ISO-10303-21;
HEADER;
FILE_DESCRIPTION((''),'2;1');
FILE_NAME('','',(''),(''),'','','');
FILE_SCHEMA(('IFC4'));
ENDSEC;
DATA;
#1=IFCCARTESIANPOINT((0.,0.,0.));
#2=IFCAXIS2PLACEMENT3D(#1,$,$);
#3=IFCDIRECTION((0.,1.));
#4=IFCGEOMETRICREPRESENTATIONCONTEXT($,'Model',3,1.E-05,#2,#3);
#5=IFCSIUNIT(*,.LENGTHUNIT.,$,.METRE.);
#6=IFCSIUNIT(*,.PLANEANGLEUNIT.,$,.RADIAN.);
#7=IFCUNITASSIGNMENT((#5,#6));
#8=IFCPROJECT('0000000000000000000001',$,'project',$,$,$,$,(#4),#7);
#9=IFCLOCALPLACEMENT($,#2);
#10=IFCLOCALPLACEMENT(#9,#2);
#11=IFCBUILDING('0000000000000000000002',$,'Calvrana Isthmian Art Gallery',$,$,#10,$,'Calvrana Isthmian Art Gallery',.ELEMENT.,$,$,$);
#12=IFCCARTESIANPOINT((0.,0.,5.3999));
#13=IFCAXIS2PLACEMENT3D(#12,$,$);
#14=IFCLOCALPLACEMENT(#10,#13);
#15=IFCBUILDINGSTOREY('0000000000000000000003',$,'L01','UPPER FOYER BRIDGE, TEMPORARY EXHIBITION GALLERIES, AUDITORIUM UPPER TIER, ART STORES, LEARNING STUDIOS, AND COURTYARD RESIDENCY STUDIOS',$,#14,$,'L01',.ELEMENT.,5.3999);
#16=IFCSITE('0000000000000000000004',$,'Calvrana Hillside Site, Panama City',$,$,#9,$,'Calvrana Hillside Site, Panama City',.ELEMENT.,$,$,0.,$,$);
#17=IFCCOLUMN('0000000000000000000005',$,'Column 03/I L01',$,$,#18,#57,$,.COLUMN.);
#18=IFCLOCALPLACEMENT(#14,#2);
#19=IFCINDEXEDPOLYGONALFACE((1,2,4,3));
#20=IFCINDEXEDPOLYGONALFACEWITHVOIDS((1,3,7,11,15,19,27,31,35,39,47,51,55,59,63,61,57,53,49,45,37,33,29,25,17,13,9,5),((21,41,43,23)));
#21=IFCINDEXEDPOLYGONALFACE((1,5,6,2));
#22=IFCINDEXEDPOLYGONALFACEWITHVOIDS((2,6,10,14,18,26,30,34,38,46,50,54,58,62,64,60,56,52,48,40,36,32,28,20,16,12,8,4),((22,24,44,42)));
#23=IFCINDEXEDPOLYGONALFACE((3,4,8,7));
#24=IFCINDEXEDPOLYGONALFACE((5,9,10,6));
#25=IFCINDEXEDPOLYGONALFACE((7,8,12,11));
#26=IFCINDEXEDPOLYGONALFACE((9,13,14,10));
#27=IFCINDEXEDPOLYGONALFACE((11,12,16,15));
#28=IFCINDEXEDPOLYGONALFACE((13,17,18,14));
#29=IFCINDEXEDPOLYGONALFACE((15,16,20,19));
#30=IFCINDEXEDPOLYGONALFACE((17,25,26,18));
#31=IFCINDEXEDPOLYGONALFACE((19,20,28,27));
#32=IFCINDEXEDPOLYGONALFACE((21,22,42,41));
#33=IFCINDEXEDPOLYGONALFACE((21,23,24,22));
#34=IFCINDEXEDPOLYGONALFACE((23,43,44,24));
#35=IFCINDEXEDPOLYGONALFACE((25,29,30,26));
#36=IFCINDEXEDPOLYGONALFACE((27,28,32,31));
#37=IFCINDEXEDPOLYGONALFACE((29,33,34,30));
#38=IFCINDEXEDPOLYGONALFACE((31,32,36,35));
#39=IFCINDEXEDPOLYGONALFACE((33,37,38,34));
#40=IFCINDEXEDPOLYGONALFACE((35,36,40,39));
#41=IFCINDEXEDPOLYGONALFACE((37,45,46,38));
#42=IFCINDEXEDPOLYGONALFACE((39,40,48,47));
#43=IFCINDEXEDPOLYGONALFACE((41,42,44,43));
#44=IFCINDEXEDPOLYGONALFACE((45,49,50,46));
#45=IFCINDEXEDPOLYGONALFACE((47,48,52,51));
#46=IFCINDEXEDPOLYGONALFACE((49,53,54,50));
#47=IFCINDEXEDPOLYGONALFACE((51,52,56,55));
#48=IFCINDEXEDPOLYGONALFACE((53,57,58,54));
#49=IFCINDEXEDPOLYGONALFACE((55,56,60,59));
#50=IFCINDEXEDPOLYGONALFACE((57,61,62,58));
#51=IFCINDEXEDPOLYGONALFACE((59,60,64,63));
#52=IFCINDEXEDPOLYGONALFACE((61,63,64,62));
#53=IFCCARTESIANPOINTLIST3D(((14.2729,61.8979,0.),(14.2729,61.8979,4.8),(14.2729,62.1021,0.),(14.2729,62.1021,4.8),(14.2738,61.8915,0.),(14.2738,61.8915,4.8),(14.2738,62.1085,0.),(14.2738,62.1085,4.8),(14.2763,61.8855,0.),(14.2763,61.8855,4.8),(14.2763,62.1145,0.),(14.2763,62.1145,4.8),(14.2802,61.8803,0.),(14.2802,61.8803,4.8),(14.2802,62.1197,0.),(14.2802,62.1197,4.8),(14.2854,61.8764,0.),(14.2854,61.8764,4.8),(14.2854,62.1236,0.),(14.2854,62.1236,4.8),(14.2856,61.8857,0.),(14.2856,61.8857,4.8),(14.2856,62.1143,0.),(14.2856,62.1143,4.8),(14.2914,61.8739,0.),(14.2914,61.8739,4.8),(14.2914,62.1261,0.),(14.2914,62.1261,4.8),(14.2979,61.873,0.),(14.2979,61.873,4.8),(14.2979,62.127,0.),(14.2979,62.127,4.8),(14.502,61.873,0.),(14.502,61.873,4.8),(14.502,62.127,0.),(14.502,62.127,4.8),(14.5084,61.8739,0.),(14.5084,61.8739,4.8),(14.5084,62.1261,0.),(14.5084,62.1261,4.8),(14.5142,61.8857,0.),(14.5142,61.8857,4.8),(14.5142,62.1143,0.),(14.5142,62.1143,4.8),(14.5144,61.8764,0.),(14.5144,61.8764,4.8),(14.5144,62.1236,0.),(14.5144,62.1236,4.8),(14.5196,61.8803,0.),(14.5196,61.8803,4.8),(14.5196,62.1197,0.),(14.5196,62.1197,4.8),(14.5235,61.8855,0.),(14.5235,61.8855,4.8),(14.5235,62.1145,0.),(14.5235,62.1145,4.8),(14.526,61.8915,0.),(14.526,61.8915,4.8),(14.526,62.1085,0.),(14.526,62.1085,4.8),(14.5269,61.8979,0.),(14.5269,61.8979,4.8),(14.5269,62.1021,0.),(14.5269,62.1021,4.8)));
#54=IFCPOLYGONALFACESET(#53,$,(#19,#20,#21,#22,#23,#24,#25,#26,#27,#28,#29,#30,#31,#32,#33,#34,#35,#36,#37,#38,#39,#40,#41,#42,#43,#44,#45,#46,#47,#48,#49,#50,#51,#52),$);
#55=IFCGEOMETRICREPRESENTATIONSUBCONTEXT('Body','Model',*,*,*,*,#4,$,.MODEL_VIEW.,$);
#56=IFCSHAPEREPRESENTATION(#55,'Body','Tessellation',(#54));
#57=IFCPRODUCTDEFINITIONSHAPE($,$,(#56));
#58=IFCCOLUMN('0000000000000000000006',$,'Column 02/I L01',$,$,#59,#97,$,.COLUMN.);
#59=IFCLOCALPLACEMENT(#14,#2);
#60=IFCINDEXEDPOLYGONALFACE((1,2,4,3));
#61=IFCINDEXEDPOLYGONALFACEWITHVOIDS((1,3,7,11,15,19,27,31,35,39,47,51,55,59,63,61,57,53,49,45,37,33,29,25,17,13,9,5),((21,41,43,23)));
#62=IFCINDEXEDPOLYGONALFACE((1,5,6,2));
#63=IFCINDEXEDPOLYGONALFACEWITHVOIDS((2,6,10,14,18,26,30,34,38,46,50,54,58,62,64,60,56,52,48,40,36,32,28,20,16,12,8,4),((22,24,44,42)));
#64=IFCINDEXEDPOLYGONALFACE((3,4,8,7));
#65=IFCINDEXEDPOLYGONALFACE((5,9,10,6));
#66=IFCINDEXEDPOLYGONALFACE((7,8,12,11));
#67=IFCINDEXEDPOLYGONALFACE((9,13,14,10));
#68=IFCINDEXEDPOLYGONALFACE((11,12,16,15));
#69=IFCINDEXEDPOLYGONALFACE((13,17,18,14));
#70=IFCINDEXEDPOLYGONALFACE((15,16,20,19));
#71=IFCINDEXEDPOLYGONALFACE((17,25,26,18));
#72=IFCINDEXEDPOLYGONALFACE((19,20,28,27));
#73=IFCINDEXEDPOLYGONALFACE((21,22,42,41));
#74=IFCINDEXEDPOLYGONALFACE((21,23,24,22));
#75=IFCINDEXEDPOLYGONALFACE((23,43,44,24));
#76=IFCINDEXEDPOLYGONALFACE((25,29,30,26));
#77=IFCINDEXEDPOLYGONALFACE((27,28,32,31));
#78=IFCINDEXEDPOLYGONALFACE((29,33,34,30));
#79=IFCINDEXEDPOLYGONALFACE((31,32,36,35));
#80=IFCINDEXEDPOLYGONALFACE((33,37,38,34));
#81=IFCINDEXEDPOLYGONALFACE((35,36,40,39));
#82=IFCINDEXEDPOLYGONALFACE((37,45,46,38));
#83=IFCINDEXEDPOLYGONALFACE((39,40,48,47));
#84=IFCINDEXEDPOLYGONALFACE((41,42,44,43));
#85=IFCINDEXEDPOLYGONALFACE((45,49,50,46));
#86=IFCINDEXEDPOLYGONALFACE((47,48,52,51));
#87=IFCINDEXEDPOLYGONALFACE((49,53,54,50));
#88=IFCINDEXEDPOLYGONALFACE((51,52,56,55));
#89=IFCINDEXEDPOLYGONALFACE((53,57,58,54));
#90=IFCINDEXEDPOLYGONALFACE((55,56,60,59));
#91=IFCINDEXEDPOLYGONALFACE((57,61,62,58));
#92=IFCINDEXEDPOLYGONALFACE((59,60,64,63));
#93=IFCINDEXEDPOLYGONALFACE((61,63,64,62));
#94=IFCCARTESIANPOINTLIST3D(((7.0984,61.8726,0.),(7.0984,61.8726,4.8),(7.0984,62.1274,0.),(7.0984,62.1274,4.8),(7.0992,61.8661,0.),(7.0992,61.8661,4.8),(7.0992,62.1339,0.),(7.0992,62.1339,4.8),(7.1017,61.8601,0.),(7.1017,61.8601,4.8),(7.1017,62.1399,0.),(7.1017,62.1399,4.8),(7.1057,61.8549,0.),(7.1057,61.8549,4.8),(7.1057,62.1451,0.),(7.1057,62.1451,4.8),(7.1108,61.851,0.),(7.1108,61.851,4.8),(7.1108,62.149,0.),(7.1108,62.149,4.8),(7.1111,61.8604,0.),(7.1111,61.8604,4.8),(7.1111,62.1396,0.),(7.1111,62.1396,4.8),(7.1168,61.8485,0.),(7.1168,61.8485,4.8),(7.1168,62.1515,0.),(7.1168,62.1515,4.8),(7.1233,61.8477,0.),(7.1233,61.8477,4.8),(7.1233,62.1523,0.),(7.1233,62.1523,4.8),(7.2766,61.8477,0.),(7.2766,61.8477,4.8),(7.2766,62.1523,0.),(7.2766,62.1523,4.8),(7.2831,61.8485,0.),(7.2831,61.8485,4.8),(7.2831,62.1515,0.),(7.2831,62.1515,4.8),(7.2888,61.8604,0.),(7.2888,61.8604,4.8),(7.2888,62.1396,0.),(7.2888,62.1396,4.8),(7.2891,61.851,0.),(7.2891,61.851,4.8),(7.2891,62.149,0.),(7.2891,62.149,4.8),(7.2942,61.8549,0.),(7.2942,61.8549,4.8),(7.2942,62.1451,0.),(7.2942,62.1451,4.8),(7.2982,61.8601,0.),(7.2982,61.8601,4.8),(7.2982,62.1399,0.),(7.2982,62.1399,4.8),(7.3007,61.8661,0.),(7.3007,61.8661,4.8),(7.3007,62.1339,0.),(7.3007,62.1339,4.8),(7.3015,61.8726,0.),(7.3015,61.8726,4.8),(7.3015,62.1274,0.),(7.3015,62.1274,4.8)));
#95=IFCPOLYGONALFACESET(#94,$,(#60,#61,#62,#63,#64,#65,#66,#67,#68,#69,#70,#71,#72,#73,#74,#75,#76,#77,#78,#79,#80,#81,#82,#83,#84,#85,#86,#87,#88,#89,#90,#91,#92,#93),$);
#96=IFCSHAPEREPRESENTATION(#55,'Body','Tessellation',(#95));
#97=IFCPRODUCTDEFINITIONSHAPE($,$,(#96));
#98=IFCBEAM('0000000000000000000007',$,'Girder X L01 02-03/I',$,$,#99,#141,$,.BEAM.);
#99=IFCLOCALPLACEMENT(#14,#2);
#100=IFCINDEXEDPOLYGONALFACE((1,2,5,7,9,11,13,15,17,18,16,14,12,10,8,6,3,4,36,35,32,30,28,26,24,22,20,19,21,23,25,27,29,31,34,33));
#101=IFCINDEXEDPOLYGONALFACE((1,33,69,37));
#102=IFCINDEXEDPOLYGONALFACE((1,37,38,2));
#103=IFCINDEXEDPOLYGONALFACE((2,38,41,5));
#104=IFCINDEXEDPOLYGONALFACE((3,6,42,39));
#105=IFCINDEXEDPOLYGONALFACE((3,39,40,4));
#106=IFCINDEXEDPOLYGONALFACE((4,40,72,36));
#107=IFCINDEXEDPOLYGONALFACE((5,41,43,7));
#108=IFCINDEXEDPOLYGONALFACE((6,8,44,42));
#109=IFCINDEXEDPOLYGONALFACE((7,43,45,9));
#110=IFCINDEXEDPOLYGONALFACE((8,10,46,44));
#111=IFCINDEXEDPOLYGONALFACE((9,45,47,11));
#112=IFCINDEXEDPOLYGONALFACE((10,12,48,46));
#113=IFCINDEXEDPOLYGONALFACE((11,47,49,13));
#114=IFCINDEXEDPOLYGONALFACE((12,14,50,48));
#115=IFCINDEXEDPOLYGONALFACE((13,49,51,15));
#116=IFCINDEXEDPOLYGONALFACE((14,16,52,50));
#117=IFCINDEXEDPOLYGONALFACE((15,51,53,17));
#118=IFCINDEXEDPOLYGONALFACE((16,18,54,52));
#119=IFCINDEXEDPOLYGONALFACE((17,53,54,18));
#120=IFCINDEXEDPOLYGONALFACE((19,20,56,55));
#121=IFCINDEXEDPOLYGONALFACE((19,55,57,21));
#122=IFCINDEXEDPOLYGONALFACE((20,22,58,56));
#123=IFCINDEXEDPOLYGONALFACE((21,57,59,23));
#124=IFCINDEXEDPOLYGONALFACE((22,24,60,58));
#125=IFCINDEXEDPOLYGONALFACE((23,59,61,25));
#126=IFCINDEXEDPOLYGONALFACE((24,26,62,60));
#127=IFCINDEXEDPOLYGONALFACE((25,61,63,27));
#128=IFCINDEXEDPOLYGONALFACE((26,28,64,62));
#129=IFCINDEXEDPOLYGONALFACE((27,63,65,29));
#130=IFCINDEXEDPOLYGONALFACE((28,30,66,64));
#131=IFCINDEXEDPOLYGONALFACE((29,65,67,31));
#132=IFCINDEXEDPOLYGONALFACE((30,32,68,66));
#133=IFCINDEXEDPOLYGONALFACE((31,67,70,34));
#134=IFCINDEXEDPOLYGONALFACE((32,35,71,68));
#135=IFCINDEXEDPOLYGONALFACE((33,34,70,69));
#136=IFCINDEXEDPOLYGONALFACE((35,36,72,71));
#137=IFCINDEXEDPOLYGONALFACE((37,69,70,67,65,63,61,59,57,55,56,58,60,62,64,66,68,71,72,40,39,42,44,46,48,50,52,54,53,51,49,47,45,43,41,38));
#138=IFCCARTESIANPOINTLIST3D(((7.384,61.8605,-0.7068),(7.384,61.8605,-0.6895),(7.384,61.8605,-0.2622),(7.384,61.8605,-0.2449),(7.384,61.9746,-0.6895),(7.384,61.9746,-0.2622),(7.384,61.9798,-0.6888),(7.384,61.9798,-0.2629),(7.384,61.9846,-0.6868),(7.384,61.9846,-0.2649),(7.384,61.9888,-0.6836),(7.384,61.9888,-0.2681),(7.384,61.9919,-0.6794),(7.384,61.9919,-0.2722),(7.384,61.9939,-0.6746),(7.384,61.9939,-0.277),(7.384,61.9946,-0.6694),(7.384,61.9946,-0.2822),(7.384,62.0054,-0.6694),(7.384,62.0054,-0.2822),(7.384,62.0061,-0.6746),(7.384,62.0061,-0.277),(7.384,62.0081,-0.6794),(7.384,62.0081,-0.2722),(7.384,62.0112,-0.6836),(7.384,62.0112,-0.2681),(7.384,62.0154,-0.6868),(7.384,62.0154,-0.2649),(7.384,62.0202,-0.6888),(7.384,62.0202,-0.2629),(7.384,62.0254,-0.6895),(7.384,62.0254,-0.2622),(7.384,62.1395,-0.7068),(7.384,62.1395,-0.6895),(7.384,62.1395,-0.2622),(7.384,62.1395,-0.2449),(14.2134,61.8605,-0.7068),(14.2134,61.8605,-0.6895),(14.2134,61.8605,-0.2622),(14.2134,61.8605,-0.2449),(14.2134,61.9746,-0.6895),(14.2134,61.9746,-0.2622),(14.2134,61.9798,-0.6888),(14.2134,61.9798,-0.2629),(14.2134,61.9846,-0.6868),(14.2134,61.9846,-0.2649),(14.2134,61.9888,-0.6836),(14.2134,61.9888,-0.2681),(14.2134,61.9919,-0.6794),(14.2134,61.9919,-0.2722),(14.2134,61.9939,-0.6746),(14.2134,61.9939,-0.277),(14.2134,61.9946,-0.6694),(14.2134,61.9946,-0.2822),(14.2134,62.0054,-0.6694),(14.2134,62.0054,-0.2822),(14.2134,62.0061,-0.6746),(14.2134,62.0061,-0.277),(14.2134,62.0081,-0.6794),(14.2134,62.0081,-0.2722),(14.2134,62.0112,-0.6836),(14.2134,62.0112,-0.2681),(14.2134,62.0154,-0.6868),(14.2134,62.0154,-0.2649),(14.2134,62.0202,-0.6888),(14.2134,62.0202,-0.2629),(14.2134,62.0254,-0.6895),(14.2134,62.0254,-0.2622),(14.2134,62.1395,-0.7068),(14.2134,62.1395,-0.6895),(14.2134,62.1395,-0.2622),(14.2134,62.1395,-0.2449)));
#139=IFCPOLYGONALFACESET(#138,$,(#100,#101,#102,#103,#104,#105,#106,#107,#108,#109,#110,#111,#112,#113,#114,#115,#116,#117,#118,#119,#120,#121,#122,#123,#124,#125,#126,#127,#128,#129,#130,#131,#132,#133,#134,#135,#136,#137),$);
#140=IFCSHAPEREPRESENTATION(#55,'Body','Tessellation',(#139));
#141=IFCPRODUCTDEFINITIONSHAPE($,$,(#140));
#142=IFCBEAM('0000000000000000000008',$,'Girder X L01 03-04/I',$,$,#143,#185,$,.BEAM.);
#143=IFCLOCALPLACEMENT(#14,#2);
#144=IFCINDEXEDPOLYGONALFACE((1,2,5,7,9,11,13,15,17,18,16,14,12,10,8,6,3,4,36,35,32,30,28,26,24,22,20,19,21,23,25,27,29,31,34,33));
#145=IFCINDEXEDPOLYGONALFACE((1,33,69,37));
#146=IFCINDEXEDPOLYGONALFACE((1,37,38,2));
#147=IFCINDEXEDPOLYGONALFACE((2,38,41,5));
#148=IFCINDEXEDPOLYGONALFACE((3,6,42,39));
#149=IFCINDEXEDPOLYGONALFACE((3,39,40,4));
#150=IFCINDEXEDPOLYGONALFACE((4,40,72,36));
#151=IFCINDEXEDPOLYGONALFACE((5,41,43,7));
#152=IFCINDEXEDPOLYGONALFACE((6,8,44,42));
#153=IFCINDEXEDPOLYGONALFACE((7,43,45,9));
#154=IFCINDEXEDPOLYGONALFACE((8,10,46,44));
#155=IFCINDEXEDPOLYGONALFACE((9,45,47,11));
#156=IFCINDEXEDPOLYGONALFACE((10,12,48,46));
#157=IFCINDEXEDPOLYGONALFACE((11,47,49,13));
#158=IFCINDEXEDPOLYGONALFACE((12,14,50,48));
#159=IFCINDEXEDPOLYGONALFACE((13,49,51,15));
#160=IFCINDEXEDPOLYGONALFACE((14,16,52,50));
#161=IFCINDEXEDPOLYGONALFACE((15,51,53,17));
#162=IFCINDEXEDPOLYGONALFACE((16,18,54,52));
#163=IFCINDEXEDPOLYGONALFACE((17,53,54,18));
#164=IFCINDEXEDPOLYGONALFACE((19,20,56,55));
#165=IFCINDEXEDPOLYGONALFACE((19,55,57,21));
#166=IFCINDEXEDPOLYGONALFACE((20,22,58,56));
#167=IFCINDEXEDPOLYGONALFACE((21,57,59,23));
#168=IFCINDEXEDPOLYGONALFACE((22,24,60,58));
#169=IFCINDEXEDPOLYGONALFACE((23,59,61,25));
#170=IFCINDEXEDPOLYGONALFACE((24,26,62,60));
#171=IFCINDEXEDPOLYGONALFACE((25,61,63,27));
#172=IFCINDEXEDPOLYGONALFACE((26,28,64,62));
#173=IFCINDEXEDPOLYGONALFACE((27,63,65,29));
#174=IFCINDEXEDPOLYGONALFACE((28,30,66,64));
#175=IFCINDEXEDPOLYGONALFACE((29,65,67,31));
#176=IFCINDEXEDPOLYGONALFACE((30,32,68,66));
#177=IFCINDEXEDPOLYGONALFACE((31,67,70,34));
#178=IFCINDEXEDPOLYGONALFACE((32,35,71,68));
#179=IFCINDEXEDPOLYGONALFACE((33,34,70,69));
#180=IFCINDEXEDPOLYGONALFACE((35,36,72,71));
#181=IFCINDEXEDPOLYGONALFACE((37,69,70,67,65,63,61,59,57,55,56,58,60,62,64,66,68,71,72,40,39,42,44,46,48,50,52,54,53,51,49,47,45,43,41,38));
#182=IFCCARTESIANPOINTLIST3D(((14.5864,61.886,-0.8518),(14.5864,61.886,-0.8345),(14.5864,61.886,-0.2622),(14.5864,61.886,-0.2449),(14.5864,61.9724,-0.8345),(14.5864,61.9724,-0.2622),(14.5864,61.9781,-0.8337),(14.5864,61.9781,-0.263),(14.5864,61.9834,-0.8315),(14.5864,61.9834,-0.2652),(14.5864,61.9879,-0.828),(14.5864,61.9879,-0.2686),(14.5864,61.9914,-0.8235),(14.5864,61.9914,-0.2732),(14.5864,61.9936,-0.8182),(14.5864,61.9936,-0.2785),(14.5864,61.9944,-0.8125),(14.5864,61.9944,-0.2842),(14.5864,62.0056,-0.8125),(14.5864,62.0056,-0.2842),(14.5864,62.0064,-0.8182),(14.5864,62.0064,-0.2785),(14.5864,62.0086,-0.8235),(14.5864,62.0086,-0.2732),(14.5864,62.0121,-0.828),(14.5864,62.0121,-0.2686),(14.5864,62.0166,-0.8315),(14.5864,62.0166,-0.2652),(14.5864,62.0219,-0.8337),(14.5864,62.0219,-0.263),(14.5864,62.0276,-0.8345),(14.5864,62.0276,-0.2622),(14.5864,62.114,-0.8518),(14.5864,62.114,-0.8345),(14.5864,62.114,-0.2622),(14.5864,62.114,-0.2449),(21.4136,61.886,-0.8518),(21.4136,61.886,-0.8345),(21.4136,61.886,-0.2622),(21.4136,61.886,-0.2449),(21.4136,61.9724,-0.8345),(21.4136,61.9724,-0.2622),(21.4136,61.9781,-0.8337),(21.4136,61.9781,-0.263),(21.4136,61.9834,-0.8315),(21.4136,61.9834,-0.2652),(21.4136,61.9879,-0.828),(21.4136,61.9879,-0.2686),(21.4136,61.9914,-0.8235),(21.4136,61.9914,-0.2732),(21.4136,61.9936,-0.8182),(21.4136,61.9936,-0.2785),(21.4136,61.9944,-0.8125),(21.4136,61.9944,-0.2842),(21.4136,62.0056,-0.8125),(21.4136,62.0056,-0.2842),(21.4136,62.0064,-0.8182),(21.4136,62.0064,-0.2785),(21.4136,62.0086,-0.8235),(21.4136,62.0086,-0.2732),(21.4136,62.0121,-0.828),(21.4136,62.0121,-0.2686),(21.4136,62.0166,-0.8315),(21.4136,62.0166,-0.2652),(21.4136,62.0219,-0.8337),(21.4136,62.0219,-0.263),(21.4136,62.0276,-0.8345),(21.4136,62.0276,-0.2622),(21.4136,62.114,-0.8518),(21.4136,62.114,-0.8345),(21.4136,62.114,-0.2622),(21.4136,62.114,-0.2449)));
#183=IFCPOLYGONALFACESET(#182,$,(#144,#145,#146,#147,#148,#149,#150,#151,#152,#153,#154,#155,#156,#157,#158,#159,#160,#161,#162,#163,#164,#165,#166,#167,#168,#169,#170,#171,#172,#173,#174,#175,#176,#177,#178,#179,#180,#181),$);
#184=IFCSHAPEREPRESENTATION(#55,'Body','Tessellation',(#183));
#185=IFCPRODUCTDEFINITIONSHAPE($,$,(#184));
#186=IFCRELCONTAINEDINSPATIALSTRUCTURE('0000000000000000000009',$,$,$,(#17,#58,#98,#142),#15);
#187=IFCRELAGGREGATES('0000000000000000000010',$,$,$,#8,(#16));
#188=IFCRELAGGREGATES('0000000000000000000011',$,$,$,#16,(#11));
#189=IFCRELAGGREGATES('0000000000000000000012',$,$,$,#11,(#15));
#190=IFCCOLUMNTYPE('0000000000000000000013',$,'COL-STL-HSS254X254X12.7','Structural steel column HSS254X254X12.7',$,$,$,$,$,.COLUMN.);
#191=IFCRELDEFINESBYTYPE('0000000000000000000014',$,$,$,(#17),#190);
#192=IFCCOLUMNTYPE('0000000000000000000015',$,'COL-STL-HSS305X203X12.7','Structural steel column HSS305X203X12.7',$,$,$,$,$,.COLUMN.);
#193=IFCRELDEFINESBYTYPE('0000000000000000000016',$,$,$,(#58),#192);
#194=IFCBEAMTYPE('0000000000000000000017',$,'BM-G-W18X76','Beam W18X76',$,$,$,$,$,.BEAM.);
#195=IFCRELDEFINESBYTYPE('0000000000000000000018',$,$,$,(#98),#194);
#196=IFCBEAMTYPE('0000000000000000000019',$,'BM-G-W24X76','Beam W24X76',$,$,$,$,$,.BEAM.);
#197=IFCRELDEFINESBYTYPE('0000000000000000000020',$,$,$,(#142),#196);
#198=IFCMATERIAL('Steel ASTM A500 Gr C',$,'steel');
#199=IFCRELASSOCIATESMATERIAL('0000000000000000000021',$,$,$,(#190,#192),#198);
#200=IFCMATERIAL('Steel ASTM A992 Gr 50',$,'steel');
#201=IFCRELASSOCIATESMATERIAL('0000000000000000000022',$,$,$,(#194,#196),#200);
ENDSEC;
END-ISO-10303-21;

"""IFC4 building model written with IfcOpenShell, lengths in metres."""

from ifc_helpers import new_model, si_unit, direction, frame, origin, origin_2d, place, context, subcontext, project, spatial, hollow_rectangle, i_section, extrude, material, material_profile, profile_set, type_object, element, save


model = new_model("IFC4")

# Units and contexts
model_context = context("Model", 3, precision=1e-05, world=origin(), true_north=direction((0.0, 1.0)))
body_context = subcontext(model_context, "Body", "Model", "MODEL_VIEW")
ifc_project = project(units=[si_unit("LENGTHUNIT", "METRE"), si_unit("PLANEANGLEUNIT", "RADIAN")], contexts=[model_context])

# Site, building, storey
site_placement = place(None, origin())
site = spatial("IfcSite", under=ifc_project, at=site_placement, Name="Calvrana Hillside Site, Panama City", LongName="Calvrana Hillside Site, Panama City", CompositionType="ELEMENT", RefElevation=0.0)
building_placement = place(site_placement, origin())
building = spatial("IfcBuilding", under=site, at=building_placement, Name="Calvrana Isthmian Art Gallery", LongName="Calvrana Isthmian Art Gallery", CompositionType="ELEMENT")
storey_placement = place(building_placement, frame((0.0, 0.0, 5.3999)))
storey = spatial("IfcBuildingStorey", under=building, at=storey_placement, Name="L01", Description="UPPER FOYER BRIDGE, TEMPORARY EXHIBITION GALLERIES, AUDITORIUM UPPER TIER, ART STORES, LEARNING STUDIOS, AND COURTYARD RESIDENCY STUDIOS", LongName="L01", CompositionType="ELEMENT", Elevation=5.3999)

# Columns
ifc_material_1 = material(Name="Steel ASTM A500 Gr C", Category="steel")
ifc_material_profile_1 = material_profile(ifc_material_1, hollow_rectangle(XDim=0.2539, YDim=0.2539, WallThickness=0.0127, OuterFilletRadius=0.0249, at=origin_2d()), Name="HSS254X254X12.7")
ifc_profile_set_1 = profile_set([ifc_material_profile_1], Name="Steel ASTM A500 Gr C")
column_type_1 = type_object("IfcColumnType", Name="COL-STL-HSS254X254X12.7", Description="Structural steel column HSS254X254X12.7", PredefinedType="COLUMN", material=ifc_profile_set_1)
column_1_placement = place(storey_placement, frame((14.3999, 62.0, 0.0), z_axis=(0.0, 0.0, 1.0), x_axis=(1.0, 0.0, 0.0)))
element("IfcColumn", 1, at=column_1_placement, inside=storey, type_object=column_type_1, Name="Column 03/I L01", PredefinedType="COLUMN", context=body_context, shape_type="SweptSolid", body=[
    extrude(hollow_rectangle(XDim=0.2539, YDim=0.2539, WallThickness=0.0127, OuterFilletRadius=0.0249, at=origin_2d()), origin(), (0.0, 0.0, 1.0), 4.8),
])
ifc_material_profile_2 = material_profile(ifc_material_1, hollow_rectangle(XDim=0.2031, YDim=0.3047, WallThickness=0.0127, OuterFilletRadius=0.0249, at=origin_2d()), Name="HSS305X203X12.7")
ifc_profile_set_2 = profile_set([ifc_material_profile_2], Name="Steel ASTM A500 Gr C")
column_type_2 = type_object("IfcColumnType", Name="COL-STL-HSS305X203X12.7", Description="Structural steel column HSS305X203X12.7", PredefinedType="COLUMN", material=ifc_profile_set_2)
column_2_placement = place(storey_placement, frame((7.2, 62.0, 0.0), z_axis=(0.0, 0.0, 1.0), x_axis=(1.0, 0.0, 0.0)))
element("IfcColumn", 2, at=column_2_placement, inside=storey, type_object=column_type_2, Name="Column 02/I L01", PredefinedType="COLUMN", context=body_context, shape_type="SweptSolid", body=[
    extrude(hollow_rectangle(XDim=0.2031, YDim=0.3047, WallThickness=0.0127, OuterFilletRadius=0.0249, at=origin_2d()), origin(), (0.0, 0.0, 1.0), 4.8),
])

# Beams
ifc_material_2 = material(Name="Steel ASTM A992 Gr 50", Category="steel")
ifc_material_profile_3 = material_profile(ifc_material_2, i_section(OverallWidth=0.2791, OverallDepth=0.4619, WebThickness=0.0107, FlangeThickness=0.0173, FilletRadius=0.02, at=origin_2d()), Name="W18X76")
ifc_profile_set_3 = profile_set([ifc_material_profile_3], Name="Steel ASTM A992 Gr 50")
beam_type_1 = type_object("IfcBeamType", Name="BM-G-W18X76", Description="Beam W18X76", PredefinedType="BEAM", material=ifc_profile_set_3)
beam_1_placement = place(storey_placement, frame((7.384, 62.0, -0.4758), z_axis=(1.0, 0.0, 0.0), x_axis=(0.0, 1.0, 0.0)))
element("IfcBeam", 3, at=beam_1_placement, inside=storey, type_object=beam_type_1, Name="Girder X L01 02-03/I", PredefinedType="BEAM", context=body_context, shape_type="SweptSolid", body=[
    extrude(i_section(OverallWidth=0.2791, OverallDepth=0.4619, WebThickness=0.0107, FlangeThickness=0.0173, FilletRadius=0.02, at=origin_2d()), origin(), (0.0, 0.0, 1.0), 6.8293),
])
ifc_material_profile_4 = material_profile(ifc_material_2, i_section(OverallWidth=0.228, OverallDepth=0.6069, WebThickness=0.0112, FlangeThickness=0.0173, FilletRadius=0.022, at=origin_2d()), Name="W24X76")
ifc_profile_set_4 = profile_set([ifc_material_profile_4], Name="Steel ASTM A992 Gr 50")
beam_type_2 = type_object("IfcBeamType", Name="BM-G-W24X76", Description="Beam W24X76", PredefinedType="BEAM", material=ifc_profile_set_4)
beam_2_placement = place(storey_placement, frame((14.5864, 62.0, -0.5483), z_axis=(1.0, 0.0, 0.0), x_axis=(0.0, 1.0, 0.0)))
element("IfcBeam", 4, at=beam_2_placement, inside=storey, type_object=beam_type_2, Name="Girder X L01 03-04/I", PredefinedType="BEAM", context=body_context, shape_type="SweptSolid", body=[
    extrude(i_section(OverallWidth=0.228, OverallDepth=0.6069, WebThickness=0.0112, FlangeThickness=0.0173, FilletRadius=0.022, at=origin_2d()), origin(), (0.0, 0.0, 1.0), 6.8271),
])

save(model, "model.ifc")
